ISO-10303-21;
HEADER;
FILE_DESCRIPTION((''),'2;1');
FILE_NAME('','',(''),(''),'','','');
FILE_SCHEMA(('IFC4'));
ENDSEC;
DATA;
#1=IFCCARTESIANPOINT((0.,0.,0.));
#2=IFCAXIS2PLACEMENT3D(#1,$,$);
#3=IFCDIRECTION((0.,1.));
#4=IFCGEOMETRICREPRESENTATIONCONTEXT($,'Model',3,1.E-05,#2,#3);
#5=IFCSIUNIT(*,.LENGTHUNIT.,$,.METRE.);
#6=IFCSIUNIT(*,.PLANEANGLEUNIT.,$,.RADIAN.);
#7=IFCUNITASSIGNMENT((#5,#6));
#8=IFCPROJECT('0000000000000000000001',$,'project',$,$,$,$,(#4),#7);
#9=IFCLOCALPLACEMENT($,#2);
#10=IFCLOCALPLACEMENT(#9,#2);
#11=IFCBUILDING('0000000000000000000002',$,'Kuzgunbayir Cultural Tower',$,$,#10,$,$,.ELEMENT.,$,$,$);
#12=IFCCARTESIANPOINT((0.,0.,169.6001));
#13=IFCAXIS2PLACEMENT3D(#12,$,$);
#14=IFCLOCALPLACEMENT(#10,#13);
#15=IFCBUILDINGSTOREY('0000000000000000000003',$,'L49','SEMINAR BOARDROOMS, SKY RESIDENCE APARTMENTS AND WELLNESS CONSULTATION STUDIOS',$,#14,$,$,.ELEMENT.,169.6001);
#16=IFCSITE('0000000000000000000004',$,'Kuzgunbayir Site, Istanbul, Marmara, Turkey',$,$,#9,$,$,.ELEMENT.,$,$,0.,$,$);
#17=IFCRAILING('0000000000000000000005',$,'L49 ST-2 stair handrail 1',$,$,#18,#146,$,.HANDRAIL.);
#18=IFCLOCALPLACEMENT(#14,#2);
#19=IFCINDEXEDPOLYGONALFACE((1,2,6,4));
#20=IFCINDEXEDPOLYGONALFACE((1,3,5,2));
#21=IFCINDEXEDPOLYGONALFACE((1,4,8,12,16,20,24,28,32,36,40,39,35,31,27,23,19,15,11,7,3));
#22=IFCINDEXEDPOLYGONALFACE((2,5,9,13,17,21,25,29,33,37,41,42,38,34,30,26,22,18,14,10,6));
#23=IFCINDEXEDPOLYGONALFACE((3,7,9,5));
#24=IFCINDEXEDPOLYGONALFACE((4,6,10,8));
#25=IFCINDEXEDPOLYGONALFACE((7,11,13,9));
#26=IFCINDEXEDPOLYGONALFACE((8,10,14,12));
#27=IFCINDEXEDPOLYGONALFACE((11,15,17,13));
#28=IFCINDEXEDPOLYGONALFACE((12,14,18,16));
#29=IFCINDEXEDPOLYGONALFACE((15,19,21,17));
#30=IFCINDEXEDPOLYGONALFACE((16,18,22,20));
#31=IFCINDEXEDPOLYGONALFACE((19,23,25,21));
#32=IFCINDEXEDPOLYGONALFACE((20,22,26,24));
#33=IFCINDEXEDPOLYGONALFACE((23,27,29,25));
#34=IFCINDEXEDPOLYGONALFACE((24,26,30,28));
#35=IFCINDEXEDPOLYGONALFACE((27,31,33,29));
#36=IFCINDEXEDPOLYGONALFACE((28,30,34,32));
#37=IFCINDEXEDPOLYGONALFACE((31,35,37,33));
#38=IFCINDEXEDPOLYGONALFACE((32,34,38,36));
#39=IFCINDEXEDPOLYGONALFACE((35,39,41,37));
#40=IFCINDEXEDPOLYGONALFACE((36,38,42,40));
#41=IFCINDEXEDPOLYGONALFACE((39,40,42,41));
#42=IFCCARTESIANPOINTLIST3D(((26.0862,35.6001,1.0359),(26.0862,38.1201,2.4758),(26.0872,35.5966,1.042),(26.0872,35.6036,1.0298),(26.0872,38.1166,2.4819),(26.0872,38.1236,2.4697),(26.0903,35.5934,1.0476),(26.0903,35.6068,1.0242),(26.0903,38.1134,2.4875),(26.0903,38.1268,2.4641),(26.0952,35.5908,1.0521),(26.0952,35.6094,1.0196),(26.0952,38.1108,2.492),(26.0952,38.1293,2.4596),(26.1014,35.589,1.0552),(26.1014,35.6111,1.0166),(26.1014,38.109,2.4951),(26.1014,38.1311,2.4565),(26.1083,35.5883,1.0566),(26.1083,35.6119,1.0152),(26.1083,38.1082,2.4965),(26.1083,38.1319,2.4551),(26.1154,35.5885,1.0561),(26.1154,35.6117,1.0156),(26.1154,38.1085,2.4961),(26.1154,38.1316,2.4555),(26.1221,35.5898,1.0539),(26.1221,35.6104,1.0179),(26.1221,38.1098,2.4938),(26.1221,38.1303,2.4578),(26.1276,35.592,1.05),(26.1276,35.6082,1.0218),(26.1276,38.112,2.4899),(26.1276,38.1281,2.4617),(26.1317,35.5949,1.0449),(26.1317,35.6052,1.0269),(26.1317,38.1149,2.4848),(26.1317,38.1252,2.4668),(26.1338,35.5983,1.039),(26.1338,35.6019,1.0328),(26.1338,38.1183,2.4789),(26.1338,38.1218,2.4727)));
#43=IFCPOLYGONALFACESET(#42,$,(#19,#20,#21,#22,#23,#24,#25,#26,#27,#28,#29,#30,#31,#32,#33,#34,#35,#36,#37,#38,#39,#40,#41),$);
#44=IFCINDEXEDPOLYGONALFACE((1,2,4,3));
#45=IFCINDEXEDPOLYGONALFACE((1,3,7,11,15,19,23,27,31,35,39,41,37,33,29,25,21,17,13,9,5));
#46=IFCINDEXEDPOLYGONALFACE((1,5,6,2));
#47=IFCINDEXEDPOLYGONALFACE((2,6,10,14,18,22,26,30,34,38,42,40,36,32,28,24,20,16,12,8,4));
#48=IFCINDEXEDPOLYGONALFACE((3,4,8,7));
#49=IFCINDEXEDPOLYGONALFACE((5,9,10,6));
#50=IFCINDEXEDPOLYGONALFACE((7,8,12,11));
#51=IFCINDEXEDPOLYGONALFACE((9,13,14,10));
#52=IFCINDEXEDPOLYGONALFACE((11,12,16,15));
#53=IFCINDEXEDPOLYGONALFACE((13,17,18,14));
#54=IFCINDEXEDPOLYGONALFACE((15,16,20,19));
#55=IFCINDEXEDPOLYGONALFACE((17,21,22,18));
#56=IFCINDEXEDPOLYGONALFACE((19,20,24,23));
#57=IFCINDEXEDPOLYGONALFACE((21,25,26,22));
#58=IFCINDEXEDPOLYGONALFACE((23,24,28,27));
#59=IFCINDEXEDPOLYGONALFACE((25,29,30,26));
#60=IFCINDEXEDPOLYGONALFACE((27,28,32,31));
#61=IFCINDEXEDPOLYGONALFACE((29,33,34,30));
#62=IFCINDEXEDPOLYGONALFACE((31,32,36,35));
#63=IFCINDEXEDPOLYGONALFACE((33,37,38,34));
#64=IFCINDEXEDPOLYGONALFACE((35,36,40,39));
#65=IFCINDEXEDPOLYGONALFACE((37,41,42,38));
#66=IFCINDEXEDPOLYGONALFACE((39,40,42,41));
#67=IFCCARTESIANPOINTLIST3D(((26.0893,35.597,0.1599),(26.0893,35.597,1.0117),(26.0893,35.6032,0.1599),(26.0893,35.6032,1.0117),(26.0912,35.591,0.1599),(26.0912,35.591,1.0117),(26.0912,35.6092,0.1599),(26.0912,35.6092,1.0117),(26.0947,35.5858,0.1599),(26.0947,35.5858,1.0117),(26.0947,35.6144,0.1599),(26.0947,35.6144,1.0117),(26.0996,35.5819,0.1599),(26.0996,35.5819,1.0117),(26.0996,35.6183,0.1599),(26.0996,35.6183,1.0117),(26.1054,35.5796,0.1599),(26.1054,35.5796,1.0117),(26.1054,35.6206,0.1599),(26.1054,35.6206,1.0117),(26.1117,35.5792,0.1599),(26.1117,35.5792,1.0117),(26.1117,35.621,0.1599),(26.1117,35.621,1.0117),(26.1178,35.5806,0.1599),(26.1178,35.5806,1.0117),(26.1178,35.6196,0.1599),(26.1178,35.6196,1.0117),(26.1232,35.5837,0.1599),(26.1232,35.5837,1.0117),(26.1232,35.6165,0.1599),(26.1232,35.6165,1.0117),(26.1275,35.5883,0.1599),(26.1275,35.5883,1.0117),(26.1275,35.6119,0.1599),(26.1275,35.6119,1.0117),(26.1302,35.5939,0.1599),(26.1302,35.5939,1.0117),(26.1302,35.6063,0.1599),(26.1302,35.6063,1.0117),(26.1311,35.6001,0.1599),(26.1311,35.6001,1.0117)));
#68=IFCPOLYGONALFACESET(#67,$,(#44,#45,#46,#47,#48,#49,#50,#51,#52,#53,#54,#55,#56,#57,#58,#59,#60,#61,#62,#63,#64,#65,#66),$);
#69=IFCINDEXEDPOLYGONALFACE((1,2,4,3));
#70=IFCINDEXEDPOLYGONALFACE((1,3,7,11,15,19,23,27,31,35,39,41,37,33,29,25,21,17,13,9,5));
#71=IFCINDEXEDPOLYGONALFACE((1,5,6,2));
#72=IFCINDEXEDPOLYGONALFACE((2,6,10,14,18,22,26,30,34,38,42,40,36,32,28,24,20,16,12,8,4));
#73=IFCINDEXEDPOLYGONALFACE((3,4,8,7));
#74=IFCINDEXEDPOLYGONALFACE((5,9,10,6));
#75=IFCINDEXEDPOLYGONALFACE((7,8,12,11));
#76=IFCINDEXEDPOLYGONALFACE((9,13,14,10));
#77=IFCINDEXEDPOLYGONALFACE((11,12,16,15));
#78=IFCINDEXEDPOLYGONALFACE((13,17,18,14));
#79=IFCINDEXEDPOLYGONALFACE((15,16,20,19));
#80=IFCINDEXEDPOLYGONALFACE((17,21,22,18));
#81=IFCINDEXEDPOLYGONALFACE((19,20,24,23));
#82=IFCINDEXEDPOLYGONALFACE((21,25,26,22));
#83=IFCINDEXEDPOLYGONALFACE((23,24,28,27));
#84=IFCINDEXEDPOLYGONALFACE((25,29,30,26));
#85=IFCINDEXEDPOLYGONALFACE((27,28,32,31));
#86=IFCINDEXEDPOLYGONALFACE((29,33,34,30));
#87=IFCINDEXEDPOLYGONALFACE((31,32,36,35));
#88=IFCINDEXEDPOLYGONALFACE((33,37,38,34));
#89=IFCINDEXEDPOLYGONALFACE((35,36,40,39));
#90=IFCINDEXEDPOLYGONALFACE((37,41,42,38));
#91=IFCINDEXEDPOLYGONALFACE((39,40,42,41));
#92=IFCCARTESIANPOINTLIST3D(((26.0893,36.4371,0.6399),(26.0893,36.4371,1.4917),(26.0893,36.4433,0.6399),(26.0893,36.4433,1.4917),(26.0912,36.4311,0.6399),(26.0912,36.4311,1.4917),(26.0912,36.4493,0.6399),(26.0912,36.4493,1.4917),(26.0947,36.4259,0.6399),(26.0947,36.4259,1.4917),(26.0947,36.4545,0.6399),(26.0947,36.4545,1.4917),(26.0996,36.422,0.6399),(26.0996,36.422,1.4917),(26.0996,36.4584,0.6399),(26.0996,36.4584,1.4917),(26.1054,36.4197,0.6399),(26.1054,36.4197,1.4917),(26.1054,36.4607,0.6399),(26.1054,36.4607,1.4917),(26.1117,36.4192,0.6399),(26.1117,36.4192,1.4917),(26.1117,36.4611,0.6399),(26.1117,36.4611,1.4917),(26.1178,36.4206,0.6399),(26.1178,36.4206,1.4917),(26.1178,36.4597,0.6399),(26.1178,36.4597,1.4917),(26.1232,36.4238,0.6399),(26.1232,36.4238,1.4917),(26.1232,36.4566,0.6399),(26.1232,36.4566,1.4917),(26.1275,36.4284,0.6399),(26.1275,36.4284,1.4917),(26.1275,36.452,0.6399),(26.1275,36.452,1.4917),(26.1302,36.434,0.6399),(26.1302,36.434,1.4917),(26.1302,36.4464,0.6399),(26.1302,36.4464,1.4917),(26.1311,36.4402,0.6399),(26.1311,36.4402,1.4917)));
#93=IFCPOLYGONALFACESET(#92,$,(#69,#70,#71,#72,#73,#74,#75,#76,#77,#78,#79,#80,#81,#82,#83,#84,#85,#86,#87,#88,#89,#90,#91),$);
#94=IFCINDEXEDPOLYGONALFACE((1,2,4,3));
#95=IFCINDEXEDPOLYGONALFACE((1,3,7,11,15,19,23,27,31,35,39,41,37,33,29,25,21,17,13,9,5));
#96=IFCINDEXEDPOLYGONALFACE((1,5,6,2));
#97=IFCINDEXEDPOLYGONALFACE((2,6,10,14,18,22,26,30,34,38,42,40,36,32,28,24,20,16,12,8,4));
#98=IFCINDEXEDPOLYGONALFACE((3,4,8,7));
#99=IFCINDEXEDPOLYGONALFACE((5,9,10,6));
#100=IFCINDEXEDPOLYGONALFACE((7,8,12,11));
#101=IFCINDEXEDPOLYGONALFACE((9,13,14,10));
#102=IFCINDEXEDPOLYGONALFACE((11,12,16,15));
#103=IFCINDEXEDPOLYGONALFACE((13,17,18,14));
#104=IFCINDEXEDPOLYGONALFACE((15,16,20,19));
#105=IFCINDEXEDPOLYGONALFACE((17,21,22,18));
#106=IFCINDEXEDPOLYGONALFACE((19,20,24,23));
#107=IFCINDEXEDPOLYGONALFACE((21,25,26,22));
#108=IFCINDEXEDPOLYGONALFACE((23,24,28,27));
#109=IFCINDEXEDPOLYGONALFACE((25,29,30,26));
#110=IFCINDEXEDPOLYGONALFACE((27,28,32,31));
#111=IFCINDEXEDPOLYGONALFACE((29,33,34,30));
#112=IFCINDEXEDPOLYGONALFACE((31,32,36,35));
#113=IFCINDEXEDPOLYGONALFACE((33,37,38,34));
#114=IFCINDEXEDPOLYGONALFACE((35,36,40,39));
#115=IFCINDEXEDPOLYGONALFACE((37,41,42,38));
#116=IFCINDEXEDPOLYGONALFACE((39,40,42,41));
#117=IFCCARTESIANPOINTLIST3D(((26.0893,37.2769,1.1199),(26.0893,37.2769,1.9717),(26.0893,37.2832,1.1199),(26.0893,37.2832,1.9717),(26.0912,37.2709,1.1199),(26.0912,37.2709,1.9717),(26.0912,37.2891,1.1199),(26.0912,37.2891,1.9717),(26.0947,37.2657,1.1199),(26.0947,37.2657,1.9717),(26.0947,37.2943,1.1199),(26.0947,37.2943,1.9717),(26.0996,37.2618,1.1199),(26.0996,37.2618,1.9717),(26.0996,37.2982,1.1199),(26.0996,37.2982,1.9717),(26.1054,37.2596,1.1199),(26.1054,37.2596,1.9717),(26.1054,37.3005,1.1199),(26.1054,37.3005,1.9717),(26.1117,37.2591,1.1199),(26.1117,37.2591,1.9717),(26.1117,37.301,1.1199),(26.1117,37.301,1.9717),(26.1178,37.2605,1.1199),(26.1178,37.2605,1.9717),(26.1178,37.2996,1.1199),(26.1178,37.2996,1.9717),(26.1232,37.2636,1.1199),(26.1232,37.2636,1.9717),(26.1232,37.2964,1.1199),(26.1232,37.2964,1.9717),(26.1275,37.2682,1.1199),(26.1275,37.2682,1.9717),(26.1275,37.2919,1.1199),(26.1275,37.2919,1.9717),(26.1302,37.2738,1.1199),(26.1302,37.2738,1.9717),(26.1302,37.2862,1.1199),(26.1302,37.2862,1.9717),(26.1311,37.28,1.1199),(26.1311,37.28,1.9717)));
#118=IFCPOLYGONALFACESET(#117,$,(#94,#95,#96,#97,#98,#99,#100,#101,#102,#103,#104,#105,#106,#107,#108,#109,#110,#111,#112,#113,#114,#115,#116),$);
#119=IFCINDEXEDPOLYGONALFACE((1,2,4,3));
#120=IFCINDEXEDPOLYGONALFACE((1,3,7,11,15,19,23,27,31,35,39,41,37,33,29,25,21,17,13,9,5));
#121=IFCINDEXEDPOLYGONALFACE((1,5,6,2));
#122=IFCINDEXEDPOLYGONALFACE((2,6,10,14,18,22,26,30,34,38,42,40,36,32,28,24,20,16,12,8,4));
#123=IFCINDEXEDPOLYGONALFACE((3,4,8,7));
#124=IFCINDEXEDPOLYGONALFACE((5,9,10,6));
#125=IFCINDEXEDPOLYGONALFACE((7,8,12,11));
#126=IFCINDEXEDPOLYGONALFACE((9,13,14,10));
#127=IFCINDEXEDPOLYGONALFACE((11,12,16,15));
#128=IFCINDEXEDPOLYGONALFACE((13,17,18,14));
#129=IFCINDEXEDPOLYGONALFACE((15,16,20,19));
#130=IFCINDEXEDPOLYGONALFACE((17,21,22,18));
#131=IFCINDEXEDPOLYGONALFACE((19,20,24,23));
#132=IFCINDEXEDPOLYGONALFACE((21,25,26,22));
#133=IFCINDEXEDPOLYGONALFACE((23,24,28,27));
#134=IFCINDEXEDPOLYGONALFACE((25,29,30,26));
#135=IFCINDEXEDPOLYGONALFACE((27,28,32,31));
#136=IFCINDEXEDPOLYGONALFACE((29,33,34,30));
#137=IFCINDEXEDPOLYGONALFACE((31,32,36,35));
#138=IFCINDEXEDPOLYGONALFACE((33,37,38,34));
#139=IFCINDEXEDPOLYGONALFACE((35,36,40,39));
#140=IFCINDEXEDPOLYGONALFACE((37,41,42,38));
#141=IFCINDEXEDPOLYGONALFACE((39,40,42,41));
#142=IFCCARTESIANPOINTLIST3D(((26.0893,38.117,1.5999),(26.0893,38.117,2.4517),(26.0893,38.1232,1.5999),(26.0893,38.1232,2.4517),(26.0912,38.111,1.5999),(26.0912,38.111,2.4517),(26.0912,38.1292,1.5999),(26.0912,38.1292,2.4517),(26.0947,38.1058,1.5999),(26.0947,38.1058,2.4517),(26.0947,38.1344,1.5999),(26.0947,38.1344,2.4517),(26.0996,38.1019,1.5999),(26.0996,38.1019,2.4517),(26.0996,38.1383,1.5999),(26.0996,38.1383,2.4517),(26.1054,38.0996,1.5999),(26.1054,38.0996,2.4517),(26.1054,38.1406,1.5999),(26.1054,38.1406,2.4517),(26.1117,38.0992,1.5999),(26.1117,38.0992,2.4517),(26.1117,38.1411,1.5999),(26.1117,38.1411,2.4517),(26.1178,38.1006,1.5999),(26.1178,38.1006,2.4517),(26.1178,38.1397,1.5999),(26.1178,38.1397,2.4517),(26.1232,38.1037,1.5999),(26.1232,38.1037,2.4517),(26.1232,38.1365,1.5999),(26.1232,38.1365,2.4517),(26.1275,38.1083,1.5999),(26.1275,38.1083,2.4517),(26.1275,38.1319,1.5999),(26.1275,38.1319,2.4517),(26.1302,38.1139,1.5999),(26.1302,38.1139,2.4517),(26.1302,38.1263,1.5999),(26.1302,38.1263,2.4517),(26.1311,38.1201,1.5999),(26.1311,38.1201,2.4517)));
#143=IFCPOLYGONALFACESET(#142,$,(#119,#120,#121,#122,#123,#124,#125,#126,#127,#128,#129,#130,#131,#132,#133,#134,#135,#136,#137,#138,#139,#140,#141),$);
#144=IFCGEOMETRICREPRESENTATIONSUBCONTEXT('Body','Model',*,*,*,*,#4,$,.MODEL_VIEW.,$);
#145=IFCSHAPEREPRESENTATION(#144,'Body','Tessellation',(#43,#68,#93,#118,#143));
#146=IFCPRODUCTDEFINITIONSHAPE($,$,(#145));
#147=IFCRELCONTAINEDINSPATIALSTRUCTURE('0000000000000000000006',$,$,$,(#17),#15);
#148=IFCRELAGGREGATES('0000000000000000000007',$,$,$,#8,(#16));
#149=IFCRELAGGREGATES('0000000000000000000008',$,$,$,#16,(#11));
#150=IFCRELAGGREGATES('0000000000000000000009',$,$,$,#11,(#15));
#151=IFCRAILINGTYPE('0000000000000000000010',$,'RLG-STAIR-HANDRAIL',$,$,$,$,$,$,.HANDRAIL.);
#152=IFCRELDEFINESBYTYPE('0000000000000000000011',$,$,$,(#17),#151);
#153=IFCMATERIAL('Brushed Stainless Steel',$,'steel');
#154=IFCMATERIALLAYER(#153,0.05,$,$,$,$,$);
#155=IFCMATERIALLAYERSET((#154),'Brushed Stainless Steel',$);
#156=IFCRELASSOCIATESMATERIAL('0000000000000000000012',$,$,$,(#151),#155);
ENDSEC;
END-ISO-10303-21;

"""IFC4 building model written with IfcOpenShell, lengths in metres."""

from ifc_helpers import new_model, si_unit, direction, frame, origin, origin_2d, place, context, subcontext, project, spatial, circle, extrude, material, layer, layer_set, type_object, element, save


model = new_model("IFC4")

# Units and contexts
model_context = context("Model", 3, precision=1e-05, world=origin(), true_north=direction((0.0, 1.0)))
body_context = subcontext(model_context, "Body", "Model", "MODEL_VIEW")
ifc_project = project(units=[si_unit("LENGTHUNIT", "METRE"), si_unit("PLANEANGLEUNIT", "RADIAN")], contexts=[model_context])

# Site, building, storey
site_placement = place(None, origin())
site = spatial("IfcSite", under=ifc_project, at=site_placement, Name="Kuzgunbayir Site, Istanbul, Marmara, Turkey", CompositionType="ELEMENT", RefElevation=0.0)
building_placement = place(site_placement, origin())
building = spatial("IfcBuilding", under=site, at=building_placement, Name="Kuzgunbayir Cultural Tower", CompositionType="ELEMENT")
storey_placement = place(building_placement, frame((0.0, 0.0, 169.6001)))
storey = spatial("IfcBuildingStorey", under=building, at=storey_placement, Name="L49", Description="SEMINAR BOARDROOMS, SKY RESIDENCE APARTMENTS AND WELLNESS CONSULTATION STUDIOS", CompositionType="ELEMENT", Elevation=169.6001)

# Shared definitions
ifc_material_1 = material(Name="Brushed Stainless Steel", Category="steel")

# Railing
ifc_layer_1 = layer(ifc_material_1, 0.05)
ifc_layer_set_1 = layer_set([ifc_layer_1], Name="Brushed Stainless Steel")
railing_type_1 = type_object("IfcRailingType", Name="RLG-STAIR-HANDRAIL", PredefinedType="HANDRAIL", material=ifc_layer_set_1)
railing_1_placement = place(storey_placement, frame((26.1101, 35.6001, 0.1599)))
element("IfcRailing", 1, at=railing_1_placement, inside=storey, type_object=railing_type_1, Name="L49 ST-2 stair handrail 1", PredefinedType="HANDRAIL", context=body_context, shape_type="SweptSolid", body=[
    extrude(circle(Radius=0.0239, at=origin_2d()), frame((0.0, 0.0, 0.876), z_axis=(0.0, 0.868253, 0.496121), x_axis=(-1.0, 0.0, 0.0)), (0.0, 0.0, 1.0), 2.9023),
    extrude(circle(Radius=0.021, at=origin_2d()), origin(), (0.0, 0.0, 1.0), 0.8518),
    extrude(circle(Radius=0.021, at=origin_2d()), frame((0.0, 0.8401, 0.48)), (0.0, 0.0, 1.0), 0.8518),
    extrude(circle(Radius=0.021, at=origin_2d()), frame((0.0, 1.6799, 0.96)), (0.0, 0.0, 1.0), 0.8518),
    extrude(circle(Radius=0.021, at=origin_2d()), frame((0.0, 2.52, 1.4399)), (0.0, 0.0, 1.0), 0.8518),
])

save(model, "model.ifc")
